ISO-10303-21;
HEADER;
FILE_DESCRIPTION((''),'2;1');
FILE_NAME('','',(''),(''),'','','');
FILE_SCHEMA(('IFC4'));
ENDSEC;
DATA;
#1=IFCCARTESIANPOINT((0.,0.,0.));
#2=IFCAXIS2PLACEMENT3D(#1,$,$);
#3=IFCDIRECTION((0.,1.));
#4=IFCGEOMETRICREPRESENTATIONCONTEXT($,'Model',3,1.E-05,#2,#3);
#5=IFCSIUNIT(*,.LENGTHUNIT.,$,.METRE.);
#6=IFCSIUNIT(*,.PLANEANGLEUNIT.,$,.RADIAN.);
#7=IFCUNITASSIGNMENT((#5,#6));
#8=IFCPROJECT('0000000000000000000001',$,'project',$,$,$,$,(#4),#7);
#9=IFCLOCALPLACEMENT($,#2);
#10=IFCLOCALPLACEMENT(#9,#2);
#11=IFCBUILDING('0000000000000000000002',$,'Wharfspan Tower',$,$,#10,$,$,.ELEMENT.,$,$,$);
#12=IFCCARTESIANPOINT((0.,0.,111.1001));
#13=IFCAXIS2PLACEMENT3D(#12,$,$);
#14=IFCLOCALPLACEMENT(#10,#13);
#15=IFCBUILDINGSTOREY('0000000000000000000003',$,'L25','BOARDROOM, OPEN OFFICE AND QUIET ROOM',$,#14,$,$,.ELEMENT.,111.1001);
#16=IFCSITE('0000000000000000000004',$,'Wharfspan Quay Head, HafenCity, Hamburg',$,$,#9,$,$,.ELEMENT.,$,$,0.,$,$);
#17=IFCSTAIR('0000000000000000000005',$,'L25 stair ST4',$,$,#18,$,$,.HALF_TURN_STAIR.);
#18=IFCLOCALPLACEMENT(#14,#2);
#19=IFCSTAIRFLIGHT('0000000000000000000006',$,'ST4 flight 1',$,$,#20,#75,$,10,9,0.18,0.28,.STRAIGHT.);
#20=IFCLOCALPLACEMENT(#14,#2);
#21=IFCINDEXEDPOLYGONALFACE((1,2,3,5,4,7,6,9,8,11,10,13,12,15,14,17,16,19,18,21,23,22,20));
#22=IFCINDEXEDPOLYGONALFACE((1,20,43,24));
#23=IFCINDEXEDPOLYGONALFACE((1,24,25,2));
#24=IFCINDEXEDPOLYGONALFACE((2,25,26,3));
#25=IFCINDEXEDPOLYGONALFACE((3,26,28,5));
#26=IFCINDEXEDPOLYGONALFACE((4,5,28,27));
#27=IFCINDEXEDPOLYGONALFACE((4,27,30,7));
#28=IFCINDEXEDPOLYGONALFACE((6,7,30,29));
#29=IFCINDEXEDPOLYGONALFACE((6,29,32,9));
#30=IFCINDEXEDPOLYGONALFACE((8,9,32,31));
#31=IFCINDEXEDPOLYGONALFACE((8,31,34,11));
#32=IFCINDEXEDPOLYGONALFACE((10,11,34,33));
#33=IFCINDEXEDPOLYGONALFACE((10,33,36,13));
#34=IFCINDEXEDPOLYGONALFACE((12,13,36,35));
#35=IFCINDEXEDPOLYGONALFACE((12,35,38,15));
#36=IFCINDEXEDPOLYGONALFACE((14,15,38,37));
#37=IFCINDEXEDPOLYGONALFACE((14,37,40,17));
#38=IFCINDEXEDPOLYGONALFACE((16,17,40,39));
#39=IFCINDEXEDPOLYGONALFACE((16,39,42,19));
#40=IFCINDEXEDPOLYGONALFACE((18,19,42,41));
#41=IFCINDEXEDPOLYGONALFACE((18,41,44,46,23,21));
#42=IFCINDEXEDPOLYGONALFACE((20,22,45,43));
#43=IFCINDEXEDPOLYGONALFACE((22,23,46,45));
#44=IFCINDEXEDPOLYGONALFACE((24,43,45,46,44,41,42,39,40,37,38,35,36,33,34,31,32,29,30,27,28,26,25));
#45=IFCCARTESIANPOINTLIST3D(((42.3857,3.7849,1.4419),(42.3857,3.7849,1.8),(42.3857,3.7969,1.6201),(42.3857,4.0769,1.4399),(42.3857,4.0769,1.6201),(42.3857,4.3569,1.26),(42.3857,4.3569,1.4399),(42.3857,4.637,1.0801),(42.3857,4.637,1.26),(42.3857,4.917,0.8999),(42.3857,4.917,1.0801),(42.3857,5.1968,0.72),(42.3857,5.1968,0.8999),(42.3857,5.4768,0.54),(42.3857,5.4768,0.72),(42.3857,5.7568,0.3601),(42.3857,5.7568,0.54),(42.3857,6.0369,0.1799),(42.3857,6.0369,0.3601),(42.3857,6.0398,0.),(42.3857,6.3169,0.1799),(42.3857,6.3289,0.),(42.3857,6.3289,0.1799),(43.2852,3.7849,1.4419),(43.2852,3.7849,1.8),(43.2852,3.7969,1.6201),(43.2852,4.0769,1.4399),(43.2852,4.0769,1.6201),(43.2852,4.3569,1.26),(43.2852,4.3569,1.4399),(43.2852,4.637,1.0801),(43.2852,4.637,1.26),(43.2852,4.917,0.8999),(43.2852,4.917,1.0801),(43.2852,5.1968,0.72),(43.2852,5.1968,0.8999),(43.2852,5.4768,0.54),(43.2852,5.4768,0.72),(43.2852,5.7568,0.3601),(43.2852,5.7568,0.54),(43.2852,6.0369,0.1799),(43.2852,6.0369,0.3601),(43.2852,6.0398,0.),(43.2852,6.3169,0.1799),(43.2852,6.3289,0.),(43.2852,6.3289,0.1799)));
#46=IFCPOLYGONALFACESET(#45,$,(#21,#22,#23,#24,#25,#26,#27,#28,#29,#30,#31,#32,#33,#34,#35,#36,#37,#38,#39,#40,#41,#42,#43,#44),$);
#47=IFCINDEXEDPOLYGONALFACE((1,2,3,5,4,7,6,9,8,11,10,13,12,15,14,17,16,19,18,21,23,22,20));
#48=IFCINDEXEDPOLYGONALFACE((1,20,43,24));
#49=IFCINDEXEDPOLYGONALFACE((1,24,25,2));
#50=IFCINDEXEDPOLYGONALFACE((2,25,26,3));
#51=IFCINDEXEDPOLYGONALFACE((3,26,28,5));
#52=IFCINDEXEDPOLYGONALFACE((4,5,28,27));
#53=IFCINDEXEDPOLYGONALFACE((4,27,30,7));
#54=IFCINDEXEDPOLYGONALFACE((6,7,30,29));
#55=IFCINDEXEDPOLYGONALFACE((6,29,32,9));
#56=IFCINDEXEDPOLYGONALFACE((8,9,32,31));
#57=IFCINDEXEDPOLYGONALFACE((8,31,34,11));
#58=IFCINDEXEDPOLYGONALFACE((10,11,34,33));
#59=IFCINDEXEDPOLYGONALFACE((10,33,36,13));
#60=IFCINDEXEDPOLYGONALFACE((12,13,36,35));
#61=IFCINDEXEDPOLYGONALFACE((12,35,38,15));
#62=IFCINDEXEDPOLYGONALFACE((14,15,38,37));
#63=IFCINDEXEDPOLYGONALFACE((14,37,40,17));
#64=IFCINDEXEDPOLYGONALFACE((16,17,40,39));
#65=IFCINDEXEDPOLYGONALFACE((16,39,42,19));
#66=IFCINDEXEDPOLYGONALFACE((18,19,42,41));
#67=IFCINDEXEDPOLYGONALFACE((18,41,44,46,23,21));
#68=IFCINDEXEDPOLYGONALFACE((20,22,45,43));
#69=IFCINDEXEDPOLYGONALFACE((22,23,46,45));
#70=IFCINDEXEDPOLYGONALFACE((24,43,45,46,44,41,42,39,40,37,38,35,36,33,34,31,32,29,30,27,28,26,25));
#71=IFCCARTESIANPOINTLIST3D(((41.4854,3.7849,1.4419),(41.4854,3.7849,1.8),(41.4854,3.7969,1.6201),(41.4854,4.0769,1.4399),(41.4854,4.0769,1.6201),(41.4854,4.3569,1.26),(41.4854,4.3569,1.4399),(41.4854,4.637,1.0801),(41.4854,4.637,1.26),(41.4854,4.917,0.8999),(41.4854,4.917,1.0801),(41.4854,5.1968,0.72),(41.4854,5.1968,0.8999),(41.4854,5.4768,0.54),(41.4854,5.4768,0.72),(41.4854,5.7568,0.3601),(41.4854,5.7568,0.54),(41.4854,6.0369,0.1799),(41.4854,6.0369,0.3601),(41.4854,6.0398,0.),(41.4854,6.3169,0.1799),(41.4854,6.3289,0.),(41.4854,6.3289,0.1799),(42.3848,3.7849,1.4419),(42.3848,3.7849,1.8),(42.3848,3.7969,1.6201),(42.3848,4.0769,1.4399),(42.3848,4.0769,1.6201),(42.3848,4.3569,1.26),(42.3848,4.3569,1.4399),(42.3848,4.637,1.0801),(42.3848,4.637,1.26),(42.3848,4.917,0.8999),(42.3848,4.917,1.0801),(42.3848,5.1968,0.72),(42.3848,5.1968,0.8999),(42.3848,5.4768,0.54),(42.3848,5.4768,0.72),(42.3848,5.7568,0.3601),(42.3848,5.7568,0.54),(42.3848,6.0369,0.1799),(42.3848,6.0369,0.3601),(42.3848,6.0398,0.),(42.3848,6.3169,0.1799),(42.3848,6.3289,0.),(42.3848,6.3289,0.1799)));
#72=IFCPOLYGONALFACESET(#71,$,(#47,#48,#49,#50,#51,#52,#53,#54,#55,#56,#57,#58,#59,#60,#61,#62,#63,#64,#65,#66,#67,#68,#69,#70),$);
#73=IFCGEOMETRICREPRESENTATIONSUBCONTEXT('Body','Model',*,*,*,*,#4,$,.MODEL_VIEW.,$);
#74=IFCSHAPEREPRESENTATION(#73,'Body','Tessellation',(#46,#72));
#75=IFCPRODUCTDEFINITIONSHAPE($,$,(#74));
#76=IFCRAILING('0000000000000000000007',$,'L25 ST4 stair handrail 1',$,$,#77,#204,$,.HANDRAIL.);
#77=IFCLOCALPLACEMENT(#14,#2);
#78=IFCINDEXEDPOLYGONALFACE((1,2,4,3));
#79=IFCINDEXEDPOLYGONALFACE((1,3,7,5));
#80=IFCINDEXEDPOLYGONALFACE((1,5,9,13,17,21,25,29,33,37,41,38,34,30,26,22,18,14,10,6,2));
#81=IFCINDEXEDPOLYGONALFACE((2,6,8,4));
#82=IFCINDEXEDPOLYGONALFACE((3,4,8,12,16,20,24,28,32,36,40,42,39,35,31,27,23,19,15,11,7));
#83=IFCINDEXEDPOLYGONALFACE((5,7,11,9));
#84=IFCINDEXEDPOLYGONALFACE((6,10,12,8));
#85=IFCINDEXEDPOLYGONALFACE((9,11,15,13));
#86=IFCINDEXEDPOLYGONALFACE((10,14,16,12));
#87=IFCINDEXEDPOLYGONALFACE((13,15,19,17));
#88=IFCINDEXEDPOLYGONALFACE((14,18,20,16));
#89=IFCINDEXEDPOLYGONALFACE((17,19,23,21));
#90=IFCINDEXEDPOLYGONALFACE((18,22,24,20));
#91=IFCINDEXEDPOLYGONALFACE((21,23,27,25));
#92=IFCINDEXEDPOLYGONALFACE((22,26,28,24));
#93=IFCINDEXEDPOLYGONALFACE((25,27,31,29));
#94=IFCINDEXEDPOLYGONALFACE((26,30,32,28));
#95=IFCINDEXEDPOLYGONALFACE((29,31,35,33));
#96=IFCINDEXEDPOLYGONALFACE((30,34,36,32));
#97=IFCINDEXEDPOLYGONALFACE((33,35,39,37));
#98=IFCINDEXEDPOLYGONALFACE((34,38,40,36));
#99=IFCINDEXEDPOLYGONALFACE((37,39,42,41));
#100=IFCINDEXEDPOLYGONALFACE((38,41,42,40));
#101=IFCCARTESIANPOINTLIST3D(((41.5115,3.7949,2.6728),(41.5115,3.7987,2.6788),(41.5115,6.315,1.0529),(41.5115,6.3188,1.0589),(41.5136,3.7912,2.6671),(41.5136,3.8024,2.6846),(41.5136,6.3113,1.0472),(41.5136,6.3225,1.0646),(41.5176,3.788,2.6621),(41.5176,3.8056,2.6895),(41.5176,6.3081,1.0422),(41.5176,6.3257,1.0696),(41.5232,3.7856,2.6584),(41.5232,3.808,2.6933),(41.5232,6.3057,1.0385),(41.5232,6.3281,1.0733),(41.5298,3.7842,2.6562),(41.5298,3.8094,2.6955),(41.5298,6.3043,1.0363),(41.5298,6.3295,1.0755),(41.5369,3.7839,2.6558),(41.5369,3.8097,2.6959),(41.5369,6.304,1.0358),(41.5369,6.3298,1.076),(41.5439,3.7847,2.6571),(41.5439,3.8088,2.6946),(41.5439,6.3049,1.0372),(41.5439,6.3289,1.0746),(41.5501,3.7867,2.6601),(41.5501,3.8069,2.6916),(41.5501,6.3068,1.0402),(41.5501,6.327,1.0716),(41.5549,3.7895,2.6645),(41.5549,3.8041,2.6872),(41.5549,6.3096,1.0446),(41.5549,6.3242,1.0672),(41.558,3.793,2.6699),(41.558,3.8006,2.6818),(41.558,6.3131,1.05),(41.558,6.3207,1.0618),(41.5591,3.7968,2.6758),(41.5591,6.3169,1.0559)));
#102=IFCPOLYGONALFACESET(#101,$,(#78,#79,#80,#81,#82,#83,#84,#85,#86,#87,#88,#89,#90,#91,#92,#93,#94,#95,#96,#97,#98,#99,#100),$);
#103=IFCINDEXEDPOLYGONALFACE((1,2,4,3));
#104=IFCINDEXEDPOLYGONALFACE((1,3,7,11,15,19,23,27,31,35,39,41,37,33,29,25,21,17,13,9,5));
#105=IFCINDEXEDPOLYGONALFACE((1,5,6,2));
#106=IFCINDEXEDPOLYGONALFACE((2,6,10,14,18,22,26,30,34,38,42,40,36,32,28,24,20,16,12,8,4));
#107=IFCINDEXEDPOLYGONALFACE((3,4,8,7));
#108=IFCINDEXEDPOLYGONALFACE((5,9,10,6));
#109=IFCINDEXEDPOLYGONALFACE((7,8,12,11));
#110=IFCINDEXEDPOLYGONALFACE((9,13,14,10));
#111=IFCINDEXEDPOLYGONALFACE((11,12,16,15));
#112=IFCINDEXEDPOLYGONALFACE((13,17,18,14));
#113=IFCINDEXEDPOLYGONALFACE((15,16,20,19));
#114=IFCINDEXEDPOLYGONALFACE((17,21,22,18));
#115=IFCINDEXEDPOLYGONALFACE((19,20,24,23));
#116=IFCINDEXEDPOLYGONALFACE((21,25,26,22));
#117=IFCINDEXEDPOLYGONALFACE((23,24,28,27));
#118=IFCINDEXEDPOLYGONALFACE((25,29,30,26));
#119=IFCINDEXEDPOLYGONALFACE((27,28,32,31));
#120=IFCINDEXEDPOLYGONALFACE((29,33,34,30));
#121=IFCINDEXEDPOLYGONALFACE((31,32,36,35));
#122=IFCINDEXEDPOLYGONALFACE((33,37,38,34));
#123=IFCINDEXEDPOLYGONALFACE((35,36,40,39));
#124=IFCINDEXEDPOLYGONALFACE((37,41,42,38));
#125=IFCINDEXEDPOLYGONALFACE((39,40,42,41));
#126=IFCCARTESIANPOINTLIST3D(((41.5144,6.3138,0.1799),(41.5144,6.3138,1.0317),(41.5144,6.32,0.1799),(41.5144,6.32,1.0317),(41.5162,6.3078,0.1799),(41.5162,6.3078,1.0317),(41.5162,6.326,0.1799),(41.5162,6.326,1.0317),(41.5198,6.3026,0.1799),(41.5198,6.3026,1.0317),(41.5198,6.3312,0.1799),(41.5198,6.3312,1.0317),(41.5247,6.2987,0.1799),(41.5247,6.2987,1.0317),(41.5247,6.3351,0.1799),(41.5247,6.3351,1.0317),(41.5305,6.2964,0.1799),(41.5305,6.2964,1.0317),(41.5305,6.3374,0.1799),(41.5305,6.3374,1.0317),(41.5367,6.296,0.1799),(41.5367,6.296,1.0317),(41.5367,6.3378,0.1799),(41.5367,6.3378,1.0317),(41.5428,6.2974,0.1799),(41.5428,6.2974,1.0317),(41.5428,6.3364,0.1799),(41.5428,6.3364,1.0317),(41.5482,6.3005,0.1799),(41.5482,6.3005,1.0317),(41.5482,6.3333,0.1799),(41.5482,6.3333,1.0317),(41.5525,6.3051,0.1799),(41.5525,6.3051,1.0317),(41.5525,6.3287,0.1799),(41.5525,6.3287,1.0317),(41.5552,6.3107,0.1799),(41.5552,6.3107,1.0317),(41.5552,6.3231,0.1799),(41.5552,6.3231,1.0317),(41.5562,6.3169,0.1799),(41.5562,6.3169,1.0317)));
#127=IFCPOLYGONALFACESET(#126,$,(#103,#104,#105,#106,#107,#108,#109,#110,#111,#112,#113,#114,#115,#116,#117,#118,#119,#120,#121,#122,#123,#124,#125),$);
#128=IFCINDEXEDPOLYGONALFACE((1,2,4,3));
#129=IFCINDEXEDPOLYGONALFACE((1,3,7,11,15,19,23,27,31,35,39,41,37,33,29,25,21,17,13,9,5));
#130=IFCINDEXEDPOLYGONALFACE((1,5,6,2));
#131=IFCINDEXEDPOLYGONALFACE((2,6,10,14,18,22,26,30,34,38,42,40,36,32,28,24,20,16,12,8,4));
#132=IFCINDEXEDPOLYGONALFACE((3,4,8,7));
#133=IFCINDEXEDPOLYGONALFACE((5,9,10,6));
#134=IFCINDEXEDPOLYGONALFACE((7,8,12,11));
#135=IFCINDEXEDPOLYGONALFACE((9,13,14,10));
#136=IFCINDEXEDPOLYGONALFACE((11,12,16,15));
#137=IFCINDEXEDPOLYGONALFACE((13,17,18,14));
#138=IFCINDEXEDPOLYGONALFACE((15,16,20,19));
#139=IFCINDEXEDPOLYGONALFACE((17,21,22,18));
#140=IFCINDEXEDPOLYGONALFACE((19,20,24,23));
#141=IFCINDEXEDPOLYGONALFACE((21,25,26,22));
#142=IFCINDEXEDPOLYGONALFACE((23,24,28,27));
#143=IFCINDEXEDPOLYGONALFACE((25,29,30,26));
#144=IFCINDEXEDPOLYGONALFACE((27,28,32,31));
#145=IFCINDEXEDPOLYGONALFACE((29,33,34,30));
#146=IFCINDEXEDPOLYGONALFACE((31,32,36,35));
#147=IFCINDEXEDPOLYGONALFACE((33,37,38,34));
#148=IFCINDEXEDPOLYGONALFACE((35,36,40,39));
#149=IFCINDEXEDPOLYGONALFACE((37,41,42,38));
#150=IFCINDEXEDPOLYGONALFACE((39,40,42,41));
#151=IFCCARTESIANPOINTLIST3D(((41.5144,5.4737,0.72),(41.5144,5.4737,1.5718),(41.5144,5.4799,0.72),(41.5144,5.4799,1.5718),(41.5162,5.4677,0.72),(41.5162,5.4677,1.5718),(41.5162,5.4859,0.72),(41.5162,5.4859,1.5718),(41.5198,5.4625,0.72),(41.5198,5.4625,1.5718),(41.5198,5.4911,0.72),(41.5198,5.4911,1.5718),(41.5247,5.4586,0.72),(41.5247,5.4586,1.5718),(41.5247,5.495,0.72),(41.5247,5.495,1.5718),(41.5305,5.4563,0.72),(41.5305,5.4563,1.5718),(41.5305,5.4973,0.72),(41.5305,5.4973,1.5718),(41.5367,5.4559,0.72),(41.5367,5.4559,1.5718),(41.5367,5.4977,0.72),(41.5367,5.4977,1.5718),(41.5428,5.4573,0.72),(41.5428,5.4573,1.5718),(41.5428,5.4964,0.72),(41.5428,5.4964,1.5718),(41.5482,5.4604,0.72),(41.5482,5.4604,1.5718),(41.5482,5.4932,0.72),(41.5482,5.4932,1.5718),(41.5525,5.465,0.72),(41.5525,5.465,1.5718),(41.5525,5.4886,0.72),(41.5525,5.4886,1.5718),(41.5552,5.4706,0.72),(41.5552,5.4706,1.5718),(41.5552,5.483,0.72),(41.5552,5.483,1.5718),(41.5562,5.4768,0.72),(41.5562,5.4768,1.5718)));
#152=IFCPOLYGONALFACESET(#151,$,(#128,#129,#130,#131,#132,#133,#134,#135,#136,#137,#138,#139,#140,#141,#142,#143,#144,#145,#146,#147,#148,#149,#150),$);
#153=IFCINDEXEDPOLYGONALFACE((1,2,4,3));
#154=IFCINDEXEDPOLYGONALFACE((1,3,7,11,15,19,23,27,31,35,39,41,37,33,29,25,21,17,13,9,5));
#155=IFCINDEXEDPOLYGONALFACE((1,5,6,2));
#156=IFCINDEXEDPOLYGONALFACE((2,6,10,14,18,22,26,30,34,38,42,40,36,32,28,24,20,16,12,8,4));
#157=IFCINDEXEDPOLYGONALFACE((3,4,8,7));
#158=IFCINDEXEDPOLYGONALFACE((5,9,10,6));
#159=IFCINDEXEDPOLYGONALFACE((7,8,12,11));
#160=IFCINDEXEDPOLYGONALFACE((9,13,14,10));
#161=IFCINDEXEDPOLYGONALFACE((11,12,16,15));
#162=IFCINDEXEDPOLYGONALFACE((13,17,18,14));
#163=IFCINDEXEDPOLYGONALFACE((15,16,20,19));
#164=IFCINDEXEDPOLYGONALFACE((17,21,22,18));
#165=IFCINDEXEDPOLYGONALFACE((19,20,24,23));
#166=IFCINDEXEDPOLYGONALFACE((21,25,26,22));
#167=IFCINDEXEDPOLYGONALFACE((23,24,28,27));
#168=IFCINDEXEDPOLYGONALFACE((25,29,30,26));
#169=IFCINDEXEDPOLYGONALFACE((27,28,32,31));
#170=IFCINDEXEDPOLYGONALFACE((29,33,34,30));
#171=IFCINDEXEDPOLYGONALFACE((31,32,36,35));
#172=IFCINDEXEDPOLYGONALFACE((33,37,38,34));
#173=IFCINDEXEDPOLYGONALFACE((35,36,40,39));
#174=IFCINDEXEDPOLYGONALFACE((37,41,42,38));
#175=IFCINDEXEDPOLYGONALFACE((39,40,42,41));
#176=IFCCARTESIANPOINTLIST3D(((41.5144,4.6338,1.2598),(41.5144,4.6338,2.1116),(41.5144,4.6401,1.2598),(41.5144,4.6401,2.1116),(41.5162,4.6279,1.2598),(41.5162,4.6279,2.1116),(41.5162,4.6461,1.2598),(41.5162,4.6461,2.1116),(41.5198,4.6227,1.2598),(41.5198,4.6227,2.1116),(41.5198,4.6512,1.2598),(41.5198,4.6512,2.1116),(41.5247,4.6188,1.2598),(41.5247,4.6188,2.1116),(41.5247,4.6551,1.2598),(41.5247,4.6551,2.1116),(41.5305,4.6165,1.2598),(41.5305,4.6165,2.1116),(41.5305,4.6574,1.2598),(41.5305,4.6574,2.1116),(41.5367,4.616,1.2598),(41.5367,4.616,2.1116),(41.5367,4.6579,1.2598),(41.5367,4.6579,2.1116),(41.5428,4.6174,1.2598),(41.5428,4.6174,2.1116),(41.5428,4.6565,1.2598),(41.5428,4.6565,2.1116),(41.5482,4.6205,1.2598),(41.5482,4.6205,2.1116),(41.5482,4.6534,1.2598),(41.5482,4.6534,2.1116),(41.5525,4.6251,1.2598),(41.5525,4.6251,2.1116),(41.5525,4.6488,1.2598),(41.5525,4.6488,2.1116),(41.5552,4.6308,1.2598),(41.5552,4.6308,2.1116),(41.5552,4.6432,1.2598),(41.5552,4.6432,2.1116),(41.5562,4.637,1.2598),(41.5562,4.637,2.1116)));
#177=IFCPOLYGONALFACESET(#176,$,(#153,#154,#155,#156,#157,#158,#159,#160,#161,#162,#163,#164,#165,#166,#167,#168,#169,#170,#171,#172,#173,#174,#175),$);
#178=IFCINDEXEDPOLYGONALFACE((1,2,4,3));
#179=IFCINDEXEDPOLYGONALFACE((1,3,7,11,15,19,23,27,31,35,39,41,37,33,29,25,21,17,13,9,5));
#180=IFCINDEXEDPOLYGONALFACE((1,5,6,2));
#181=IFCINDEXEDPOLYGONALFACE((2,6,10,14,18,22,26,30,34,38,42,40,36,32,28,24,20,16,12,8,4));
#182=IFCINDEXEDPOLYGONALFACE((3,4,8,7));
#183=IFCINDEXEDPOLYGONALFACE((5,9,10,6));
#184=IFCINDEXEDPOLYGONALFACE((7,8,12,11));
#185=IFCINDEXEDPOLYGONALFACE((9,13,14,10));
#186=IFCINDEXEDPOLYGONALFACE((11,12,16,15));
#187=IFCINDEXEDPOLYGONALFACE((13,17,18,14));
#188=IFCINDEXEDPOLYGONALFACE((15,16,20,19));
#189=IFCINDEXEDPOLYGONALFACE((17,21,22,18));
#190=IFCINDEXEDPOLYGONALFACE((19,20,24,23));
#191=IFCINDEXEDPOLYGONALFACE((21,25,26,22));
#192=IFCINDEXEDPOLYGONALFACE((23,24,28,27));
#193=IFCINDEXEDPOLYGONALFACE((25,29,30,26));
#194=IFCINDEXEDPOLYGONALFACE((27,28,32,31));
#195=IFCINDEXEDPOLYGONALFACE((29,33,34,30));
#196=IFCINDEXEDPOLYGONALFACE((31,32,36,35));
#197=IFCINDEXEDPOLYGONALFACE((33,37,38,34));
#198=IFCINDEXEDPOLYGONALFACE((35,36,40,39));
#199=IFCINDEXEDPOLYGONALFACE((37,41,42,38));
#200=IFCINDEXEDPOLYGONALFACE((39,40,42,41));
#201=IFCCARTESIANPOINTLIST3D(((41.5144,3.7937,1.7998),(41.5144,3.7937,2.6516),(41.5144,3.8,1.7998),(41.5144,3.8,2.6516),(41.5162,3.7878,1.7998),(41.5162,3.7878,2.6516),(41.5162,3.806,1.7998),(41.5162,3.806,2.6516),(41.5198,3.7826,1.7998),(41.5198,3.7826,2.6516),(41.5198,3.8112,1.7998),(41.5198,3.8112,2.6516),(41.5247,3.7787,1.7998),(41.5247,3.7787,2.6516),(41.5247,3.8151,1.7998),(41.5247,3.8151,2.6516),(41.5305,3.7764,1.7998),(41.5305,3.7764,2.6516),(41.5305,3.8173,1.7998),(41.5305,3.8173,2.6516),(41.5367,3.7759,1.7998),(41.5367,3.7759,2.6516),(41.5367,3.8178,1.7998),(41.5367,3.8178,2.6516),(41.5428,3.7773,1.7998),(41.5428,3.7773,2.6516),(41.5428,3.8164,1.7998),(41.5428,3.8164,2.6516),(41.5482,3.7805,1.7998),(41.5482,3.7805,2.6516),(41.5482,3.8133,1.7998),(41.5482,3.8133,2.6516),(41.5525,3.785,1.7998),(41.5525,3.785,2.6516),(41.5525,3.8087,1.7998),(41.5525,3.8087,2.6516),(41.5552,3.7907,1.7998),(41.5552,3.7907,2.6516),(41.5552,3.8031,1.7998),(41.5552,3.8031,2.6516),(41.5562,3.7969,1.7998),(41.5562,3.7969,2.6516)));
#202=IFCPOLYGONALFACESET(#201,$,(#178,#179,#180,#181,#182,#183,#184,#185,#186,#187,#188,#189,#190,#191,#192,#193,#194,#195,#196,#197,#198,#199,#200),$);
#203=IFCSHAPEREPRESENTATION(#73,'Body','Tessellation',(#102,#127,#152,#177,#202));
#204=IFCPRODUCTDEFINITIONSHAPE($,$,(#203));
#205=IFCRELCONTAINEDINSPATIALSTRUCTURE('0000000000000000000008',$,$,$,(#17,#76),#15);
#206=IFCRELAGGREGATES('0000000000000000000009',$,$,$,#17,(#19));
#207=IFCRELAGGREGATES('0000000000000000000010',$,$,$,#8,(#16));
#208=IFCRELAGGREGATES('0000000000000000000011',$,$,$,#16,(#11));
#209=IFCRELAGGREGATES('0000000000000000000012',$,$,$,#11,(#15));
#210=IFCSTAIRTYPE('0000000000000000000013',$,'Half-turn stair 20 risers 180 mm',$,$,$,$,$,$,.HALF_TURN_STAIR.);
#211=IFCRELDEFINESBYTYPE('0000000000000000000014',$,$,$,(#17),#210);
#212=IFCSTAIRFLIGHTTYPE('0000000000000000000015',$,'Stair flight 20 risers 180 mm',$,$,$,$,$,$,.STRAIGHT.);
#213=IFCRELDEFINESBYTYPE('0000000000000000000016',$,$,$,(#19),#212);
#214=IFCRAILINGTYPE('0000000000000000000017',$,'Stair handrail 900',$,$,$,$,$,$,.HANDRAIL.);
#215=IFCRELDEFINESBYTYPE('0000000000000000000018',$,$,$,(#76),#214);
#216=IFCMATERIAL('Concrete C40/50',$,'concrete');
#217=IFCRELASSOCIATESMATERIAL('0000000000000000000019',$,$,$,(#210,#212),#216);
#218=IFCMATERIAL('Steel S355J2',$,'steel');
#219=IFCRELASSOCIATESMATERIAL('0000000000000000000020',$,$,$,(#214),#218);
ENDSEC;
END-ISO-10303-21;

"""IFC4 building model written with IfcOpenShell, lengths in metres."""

from ifc_helpers import new_model, si_unit, direction, frame, origin, origin_2d, place, context, subcontext, project, spatial, polyline, circle, outline, extrude, material, type_object, element, aggregate, save


model = new_model("IFC4")

# Units and contexts
model_context = context("Model", 3, precision=1e-05, world=origin(), true_north=direction((0.0, 1.0)))
body_context = subcontext(model_context, "Body", "Model", "MODEL_VIEW")
ifc_project = project(units=[si_unit("LENGTHUNIT", "METRE"), si_unit("PLANEANGLEUNIT", "RADIAN")], contexts=[model_context])

# Site, building, storey
site_placement = place(None, origin())
site = spatial("IfcSite", under=ifc_project, at=site_placement, Name="Wharfspan Quay Head, HafenCity, Hamburg", CompositionType="ELEMENT", RefElevation=0.0)
building_placement = place(site_placement, origin())
building = spatial("IfcBuilding", under=site, at=building_placement, Name="Wharfspan Tower", CompositionType="ELEMENT")
storey_placement = place(building_placement, frame((0.0, 0.0, 111.1001)))
storey = spatial("IfcBuildingStorey", under=building, at=storey_placement, Name="L25", Description="BOARDROOM, OPEN OFFICE AND QUIET ROOM", CompositionType="ELEMENT", Elevation=111.1001)

# Shared definitions
ifc_material_1 = material(Name="Steel S355J2", Category="steel")

# Shared definitions
ifc_material_2 = material(Name="Concrete C40/50", Category="concrete")

# Stair, stair flight
stair_type = type_object("IfcStairType", Name="Half-turn stair 20 risers 180 mm", PredefinedType="HALF_TURN_STAIR", material=ifc_material_2)
stair_placement = place(storey_placement, origin())
stair = element("IfcStair", 1, at=stair_placement, inside=storey, type_object=stair_type, Name="L25 stair ST4", PredefinedType="HALF_TURN_STAIR")
stair_flight_type = type_object("IfcStairFlightType", Name="Stair flight 20 risers 180 mm", PredefinedType="STRAIGHT", material=ifc_material_2)
stair_flight_placement = place(storey_placement, frame((42.3853, 6.3169, 0.0), z_axis=(0.0, 0.0, 1.0), x_axis=(0.0, -1.0, 0.0)))
stair_flight = element("IfcStairFlight", 2, at=stair_flight_placement, type_object=stair_flight_type, Name="ST4 flight 1", NumberOfRisers=10, NumberOfTreads=9, PredefinedType="STRAIGHT", RiserHeight=0.18, TreadLength=0.28, context=body_context, shape_type="SweptSolid", body=[
    extrude(outline(polyline([(-0.012, 0.0), (-0.012, 0.1799), (0.0, 0.1799), (0.28, 0.1799), (0.28, 0.3601), (0.5601, 0.3601), (0.5601, 0.54), (0.8401, 0.54), (0.8401, 0.72), (1.1201, 0.72), (1.1201, 0.8999), (1.3999, 0.8999), (1.3999, 1.0801), (1.6799, 1.0801), (1.6799, 1.26), (1.96, 1.26), (1.96, 1.4399), (2.24, 1.4399), (2.24, 1.6201), (2.52, 1.6201), (2.532, 1.8), (2.532, 1.4419), (0.2771, 0.0), (-0.012, 0.0)])), frame((0.0, 0.8999, 0.0), z_axis=(0.0, -1.0, 0.0), x_axis=(1.0, 0.0, 0.0)), (0.0, 0.0, 1.0), 0.8994),
    extrude(outline(polyline([(-0.012, 0.0), (-0.012, 0.1799), (0.0, 0.1799), (0.28, 0.1799), (0.28, 0.3601), (0.5601, 0.3601), (0.5601, 0.54), (0.8401, 0.54), (0.8401, 0.72), (1.1201, 0.72), (1.1201, 0.8999), (1.3999, 0.8999), (1.3999, 1.0801), (1.6799, 1.0801), (1.6799, 1.26), (1.96, 1.26), (1.96, 1.4399), (2.24, 1.4399), (2.24, 1.6201), (2.52, 1.6201), (2.532, 1.8), (2.532, 1.4419), (0.2771, 0.0), (-0.012, 0.0)])), frame((0.0, -0.0005, 0.0), z_axis=(0.0, -1.0, 0.0), x_axis=(1.0, 0.0, 0.0)), (0.0, 0.0, 1.0), 0.8994),
])
aggregate(stair, [stair_flight])

# Railing
railing_type = type_object("IfcRailingType", Name="Stair handrail 900", PredefinedType="HANDRAIL", material=ifc_material_1)
railing_placement = place(storey_placement, frame((41.5352, 6.3169, 0.1799)))
element("IfcRailing", 3, at=railing_placement, inside=storey, type_object=railing_type, Name="L25 ST4 stair handrail 1", PredefinedType="HANDRAIL", context=body_context, shape_type="SweptSolid", body=[
    extrude(circle(Radius=0.0239, at=origin_2d()), frame((0.0, 0.0, 0.876), z_axis=(0.0, -0.8412, 0.540725), x_axis=(1.0, 0.0, 0.0)), (0.0, 0.0, 1.0), 2.9958),
    extrude(circle(Radius=0.021, at=origin_2d()), origin(), (0.0, 0.0, 1.0), 0.8518),
    extrude(circle(Radius=0.021, at=origin_2d()), frame((0.0, -0.8401, 0.54)), (0.0, 0.0, 1.0), 0.8518),
    extrude(circle(Radius=0.021, at=origin_2d()), frame((0.0, -1.6799, 1.0798)), (0.0, 0.0, 1.0), 0.8518),
    extrude(circle(Radius=0.021, at=origin_2d()), frame((0.0, -2.52, 1.6199)), (0.0, 0.0, 1.0), 0.8518),
])

save(model, "model.ifc")
